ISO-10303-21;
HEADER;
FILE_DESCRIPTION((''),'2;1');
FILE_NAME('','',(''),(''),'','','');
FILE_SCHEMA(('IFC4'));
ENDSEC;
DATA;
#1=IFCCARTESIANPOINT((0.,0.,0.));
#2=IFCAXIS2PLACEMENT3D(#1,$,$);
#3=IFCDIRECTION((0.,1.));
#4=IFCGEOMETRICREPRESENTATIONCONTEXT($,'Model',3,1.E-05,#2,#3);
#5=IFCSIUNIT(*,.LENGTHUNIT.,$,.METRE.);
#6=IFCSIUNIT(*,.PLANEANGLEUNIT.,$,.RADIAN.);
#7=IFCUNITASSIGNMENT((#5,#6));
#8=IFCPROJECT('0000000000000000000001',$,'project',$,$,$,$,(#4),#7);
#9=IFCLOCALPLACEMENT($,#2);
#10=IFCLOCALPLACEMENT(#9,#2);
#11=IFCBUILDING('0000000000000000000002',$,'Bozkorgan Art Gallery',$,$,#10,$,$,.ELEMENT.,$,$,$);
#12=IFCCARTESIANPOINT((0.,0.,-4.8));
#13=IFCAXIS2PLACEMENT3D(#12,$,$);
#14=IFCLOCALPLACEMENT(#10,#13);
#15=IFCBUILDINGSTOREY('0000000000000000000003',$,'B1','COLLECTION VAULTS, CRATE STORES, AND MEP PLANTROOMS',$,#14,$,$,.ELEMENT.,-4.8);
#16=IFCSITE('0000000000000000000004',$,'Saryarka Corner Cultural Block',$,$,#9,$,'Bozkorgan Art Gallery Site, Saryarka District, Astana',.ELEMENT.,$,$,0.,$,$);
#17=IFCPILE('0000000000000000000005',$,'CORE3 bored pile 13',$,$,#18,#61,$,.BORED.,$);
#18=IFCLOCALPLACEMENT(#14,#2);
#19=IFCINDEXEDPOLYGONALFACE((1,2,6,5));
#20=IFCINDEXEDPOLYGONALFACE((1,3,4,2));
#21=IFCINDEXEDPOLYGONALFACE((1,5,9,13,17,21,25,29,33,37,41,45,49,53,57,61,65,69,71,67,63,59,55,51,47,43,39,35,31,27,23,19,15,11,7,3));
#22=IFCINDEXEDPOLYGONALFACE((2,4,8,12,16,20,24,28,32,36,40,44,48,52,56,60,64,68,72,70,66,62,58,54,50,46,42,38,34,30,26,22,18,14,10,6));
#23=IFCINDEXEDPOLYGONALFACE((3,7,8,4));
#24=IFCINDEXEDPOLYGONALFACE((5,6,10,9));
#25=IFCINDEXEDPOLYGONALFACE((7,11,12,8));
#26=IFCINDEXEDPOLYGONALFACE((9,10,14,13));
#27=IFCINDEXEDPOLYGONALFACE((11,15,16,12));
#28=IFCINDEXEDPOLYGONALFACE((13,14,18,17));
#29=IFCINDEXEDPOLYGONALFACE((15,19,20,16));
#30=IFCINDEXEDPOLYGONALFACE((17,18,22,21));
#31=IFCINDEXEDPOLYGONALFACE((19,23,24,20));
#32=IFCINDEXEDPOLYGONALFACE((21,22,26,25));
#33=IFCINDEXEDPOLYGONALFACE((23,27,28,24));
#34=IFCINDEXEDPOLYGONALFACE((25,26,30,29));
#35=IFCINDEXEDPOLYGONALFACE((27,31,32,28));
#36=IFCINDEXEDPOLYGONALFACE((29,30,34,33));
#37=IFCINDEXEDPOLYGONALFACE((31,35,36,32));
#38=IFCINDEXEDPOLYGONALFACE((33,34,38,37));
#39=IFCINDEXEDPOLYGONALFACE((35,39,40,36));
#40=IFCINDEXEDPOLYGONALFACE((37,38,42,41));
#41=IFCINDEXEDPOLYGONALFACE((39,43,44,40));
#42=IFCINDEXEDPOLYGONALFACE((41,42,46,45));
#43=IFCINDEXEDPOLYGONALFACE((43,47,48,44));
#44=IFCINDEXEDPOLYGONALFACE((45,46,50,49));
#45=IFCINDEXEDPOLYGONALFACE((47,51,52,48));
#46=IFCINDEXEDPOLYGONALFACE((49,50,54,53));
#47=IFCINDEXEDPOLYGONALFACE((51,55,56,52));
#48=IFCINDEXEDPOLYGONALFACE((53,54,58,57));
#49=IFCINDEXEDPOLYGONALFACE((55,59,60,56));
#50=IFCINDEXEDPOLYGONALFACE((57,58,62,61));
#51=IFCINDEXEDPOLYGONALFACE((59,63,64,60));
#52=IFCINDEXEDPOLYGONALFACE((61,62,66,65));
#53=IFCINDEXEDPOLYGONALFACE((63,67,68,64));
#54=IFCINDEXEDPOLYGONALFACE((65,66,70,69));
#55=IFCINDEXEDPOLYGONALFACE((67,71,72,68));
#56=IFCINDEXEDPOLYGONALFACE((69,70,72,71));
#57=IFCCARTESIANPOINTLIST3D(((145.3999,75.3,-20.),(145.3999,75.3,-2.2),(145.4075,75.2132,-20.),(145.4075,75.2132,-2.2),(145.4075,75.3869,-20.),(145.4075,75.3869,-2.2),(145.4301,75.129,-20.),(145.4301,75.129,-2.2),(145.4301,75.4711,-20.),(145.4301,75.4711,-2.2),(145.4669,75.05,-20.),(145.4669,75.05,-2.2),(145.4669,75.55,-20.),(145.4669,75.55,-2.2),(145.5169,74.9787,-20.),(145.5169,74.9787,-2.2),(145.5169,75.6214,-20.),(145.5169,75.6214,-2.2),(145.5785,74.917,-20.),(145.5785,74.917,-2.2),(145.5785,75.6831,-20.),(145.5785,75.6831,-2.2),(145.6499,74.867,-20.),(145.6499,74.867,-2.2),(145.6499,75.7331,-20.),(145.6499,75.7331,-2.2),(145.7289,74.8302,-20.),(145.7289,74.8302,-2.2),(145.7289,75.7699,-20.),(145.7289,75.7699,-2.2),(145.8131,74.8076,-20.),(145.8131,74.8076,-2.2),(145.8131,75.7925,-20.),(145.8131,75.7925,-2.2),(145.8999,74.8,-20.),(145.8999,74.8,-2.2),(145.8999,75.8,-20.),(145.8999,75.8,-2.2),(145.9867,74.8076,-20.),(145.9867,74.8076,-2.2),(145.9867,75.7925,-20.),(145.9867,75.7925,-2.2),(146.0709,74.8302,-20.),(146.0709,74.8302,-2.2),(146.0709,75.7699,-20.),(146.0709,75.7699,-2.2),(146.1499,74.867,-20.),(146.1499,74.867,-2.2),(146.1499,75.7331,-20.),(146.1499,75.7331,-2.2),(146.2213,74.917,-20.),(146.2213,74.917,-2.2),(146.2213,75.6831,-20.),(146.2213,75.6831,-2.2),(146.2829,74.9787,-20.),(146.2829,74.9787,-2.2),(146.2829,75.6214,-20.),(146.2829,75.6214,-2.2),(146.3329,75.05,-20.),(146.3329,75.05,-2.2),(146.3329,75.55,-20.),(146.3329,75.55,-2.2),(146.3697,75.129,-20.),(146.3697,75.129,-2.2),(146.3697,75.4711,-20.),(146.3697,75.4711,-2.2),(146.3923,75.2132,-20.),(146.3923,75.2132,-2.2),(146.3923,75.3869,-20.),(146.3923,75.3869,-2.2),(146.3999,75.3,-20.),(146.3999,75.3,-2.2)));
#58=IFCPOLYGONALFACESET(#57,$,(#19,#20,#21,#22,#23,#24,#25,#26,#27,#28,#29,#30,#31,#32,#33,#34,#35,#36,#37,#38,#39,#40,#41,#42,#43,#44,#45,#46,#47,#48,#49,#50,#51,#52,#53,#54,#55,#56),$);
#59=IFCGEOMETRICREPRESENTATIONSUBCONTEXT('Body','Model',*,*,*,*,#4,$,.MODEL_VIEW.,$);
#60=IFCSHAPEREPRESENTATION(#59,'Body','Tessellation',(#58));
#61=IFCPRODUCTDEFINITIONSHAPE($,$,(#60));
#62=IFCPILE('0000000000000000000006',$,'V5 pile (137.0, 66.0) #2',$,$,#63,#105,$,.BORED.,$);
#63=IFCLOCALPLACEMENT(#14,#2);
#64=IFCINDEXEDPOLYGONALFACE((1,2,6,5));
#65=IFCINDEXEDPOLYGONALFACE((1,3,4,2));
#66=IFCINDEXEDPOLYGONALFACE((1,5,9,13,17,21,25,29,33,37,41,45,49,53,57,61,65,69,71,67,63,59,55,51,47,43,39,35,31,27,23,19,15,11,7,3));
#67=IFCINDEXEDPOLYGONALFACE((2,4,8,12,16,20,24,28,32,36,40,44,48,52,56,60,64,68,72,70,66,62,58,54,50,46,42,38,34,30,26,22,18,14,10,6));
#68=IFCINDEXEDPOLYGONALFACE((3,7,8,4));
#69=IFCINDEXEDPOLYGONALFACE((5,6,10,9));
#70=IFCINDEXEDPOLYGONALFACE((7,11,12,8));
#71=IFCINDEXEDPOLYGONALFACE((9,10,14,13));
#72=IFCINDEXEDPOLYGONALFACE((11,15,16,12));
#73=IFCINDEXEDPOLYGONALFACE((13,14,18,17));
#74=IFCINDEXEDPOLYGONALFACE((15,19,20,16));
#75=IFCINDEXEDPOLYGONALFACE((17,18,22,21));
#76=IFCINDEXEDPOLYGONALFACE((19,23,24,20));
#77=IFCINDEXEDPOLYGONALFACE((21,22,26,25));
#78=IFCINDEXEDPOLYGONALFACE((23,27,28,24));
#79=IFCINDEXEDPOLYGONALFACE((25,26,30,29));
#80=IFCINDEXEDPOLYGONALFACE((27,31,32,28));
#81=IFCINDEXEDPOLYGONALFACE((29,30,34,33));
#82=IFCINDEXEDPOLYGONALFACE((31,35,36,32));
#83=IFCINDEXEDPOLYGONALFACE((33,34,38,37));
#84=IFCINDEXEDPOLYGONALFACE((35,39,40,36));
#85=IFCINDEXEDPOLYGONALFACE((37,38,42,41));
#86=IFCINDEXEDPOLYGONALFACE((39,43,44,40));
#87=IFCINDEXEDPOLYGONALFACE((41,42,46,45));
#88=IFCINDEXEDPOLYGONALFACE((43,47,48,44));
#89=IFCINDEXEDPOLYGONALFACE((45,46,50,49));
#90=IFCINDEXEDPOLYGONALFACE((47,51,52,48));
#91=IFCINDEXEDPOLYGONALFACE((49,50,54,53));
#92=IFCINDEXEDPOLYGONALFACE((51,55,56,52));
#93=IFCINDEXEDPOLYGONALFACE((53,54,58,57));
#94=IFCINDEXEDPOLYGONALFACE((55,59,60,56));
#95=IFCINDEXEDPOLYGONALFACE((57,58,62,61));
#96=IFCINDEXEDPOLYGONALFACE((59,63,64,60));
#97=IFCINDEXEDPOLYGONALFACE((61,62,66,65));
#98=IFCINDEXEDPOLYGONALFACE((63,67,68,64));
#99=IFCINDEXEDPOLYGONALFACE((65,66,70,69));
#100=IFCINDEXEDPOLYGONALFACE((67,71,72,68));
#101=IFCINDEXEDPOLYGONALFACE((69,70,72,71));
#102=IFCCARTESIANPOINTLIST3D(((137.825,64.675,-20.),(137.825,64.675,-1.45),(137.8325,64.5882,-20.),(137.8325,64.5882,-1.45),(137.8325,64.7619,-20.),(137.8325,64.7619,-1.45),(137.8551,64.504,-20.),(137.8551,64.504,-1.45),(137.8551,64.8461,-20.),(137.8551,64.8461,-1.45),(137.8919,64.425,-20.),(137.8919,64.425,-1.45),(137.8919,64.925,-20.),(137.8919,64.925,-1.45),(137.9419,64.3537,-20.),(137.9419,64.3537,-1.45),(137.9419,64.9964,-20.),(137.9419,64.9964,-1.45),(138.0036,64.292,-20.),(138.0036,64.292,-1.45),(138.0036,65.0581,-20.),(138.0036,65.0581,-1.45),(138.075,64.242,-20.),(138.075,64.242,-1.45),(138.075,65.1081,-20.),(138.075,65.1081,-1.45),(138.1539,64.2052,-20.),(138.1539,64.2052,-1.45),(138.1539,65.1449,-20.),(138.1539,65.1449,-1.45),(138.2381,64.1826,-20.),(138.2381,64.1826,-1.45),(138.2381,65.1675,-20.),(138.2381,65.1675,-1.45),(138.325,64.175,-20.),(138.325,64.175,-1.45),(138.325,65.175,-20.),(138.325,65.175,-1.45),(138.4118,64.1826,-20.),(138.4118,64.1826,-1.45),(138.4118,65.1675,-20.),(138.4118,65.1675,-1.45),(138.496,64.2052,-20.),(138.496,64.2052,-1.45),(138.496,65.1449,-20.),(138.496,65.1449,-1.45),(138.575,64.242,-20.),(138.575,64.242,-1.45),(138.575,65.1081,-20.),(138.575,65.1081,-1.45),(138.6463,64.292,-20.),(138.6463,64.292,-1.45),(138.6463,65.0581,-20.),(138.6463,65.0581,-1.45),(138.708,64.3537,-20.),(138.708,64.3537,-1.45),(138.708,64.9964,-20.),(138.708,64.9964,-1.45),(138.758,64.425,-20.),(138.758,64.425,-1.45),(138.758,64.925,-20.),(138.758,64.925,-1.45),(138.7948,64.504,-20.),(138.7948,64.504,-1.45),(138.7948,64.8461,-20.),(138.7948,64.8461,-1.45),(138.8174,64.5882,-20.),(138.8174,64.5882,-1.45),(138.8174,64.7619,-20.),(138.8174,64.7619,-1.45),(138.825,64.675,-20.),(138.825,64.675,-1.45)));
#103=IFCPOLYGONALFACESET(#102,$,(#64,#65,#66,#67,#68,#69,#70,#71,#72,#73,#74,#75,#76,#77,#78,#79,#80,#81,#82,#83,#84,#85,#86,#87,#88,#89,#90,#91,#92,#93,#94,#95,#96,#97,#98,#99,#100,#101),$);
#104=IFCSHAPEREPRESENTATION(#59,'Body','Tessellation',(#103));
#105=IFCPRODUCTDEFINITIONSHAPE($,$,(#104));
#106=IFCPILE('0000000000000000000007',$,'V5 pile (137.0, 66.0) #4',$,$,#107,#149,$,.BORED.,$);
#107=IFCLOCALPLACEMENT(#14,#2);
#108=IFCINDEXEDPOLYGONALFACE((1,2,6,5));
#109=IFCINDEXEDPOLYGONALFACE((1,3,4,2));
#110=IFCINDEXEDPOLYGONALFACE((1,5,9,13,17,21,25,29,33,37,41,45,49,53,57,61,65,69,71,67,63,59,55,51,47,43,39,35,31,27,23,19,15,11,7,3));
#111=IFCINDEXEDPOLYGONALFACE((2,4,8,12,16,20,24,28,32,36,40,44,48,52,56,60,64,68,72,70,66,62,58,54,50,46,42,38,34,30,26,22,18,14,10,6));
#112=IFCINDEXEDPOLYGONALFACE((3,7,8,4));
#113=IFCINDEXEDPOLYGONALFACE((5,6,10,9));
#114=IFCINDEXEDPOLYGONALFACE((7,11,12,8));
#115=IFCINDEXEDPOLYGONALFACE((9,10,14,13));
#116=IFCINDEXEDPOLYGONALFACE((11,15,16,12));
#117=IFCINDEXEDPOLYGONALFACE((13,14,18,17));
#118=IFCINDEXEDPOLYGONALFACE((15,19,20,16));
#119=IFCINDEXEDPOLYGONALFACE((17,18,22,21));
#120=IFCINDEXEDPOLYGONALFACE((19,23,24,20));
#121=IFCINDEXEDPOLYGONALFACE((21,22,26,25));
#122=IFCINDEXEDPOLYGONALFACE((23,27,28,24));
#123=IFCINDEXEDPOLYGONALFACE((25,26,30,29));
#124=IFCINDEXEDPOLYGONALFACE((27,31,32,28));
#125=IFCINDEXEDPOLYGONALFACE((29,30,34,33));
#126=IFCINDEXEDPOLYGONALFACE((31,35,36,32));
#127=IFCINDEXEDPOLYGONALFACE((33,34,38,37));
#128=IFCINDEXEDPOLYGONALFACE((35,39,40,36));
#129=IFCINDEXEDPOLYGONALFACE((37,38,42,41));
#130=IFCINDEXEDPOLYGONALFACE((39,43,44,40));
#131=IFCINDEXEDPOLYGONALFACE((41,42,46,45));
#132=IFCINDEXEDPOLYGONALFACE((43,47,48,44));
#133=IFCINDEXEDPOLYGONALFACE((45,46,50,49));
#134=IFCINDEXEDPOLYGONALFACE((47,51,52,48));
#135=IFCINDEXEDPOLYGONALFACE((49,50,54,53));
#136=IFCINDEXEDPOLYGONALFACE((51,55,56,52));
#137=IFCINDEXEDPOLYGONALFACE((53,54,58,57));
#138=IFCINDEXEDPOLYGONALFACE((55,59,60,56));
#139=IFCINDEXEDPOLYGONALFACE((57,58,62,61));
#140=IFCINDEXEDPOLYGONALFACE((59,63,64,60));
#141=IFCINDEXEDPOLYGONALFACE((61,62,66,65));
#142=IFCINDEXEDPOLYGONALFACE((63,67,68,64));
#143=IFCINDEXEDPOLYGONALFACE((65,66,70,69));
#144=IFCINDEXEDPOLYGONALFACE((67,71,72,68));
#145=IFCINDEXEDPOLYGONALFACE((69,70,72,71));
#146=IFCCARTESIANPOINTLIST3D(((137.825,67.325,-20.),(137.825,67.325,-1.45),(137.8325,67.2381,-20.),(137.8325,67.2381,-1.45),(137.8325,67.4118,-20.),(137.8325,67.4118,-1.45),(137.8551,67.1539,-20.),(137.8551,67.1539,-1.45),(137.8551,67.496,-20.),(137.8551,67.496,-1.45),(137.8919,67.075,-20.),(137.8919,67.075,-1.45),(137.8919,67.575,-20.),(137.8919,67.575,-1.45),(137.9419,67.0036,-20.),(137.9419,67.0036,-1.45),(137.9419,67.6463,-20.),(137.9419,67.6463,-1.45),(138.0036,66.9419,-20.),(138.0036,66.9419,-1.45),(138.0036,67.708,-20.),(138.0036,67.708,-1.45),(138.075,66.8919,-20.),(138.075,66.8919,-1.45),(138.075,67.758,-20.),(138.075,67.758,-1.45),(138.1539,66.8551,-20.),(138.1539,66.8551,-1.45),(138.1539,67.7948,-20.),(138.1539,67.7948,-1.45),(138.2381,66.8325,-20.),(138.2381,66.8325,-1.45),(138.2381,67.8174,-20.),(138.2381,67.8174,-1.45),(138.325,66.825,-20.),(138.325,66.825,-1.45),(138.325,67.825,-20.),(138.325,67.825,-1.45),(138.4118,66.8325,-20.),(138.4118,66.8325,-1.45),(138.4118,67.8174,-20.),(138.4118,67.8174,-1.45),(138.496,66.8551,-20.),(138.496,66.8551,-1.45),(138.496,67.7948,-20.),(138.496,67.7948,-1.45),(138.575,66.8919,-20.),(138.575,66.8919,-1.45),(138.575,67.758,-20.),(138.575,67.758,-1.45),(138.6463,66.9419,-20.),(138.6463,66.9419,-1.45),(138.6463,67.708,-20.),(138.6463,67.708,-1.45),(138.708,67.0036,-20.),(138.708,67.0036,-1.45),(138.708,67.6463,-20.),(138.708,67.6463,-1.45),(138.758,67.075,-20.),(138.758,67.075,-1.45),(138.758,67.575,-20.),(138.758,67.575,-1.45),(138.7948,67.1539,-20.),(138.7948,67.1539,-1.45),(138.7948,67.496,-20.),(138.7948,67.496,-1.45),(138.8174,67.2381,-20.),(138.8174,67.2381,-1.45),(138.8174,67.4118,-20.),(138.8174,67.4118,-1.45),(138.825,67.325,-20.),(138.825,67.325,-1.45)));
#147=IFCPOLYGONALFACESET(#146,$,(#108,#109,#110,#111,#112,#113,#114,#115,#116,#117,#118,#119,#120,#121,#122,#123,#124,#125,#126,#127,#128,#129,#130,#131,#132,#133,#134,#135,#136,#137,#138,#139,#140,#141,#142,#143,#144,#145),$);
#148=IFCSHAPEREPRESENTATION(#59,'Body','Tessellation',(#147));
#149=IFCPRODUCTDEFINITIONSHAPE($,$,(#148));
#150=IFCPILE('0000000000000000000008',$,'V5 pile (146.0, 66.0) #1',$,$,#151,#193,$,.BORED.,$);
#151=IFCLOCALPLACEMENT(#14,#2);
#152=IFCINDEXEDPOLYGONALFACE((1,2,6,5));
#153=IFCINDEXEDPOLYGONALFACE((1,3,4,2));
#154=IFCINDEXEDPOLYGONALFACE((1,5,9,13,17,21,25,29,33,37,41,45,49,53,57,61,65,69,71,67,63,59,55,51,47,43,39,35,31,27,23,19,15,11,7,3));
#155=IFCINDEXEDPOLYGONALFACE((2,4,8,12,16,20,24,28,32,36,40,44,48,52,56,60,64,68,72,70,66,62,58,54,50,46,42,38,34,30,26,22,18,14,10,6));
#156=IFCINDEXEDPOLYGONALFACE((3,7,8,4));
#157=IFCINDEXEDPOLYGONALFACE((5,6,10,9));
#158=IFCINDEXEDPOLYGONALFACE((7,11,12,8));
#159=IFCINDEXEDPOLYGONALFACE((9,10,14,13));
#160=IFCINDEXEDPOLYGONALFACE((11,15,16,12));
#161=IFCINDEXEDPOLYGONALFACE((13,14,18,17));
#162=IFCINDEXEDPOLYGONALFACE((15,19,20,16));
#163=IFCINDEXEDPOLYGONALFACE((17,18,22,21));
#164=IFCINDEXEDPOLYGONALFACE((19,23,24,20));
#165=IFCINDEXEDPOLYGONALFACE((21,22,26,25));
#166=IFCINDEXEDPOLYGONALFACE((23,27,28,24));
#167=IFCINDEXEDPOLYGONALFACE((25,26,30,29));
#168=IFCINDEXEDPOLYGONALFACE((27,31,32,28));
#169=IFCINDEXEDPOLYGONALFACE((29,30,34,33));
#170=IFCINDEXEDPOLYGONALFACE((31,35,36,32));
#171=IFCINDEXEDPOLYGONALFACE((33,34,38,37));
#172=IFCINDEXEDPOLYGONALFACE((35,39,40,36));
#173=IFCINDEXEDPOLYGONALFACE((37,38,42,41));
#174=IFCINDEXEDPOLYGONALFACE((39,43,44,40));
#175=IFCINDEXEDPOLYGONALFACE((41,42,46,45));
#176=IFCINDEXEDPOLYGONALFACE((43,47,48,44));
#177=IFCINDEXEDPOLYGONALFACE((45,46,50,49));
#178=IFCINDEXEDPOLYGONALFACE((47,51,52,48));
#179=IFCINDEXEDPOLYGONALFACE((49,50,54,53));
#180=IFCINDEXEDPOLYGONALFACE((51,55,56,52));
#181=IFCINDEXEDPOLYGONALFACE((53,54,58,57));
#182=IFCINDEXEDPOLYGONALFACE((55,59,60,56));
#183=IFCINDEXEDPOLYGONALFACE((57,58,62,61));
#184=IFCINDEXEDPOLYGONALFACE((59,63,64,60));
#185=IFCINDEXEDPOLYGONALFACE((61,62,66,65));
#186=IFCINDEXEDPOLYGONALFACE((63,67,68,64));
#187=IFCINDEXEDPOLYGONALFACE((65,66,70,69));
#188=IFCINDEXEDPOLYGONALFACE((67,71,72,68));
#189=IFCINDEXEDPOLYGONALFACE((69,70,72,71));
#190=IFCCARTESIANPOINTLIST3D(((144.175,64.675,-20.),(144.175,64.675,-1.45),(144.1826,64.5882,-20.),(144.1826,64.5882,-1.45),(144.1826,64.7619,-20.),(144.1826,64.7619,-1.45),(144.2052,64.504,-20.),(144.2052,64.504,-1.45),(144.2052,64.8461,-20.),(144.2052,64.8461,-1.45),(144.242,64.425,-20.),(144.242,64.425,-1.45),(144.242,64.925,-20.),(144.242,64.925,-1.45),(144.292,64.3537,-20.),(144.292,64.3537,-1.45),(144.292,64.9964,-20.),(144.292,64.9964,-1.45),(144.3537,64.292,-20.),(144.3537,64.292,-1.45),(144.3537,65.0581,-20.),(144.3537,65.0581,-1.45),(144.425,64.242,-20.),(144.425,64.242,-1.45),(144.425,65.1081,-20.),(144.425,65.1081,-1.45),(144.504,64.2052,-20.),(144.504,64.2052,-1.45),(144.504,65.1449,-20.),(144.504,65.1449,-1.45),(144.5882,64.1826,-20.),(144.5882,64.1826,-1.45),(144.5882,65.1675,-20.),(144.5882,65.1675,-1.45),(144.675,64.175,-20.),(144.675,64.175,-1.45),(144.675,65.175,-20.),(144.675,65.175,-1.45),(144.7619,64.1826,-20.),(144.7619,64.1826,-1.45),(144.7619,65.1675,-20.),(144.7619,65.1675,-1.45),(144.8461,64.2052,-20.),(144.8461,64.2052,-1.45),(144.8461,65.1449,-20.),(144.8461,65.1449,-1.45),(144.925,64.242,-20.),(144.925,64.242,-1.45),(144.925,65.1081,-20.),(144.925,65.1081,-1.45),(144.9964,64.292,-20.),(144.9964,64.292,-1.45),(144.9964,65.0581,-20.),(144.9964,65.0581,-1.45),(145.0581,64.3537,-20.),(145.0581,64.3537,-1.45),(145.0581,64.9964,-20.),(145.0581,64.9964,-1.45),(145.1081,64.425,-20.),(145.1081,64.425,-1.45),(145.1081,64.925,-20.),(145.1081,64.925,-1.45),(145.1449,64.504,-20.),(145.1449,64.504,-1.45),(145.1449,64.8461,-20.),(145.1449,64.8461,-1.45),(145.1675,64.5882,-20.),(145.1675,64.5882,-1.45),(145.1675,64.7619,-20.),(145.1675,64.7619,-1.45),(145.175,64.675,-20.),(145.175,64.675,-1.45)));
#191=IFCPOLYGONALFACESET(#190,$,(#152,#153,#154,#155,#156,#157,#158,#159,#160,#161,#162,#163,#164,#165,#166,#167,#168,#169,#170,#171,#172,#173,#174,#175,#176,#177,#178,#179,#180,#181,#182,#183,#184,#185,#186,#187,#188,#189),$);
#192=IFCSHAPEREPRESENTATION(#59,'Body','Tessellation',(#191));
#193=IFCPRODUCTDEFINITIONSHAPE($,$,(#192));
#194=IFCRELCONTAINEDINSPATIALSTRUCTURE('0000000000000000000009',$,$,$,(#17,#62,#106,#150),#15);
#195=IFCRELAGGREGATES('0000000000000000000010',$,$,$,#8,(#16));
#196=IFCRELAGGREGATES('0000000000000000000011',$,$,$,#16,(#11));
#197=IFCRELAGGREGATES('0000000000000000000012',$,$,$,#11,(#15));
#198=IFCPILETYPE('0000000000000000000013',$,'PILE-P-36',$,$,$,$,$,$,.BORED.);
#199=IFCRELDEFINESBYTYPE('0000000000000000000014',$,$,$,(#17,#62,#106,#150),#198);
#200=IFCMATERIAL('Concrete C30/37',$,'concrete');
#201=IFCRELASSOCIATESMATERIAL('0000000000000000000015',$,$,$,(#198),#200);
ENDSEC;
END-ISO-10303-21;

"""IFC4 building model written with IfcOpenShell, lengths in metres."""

from ifc_helpers import new_model, si_unit, direction, frame, origin, origin_2d, place, context, subcontext, project, spatial, circle, extrude, material, material_profile, profile_set, type_object, element, save


model = new_model("IFC4")

# Units and contexts
model_context = context("Model", 3, precision=1e-05, world=origin(), true_north=direction((0.0, 1.0)))
body_context = subcontext(model_context, "Body", "Model", "MODEL_VIEW")
ifc_project = project(units=[si_unit("LENGTHUNIT", "METRE"), si_unit("PLANEANGLEUNIT", "RADIAN")], contexts=[model_context])

# Site, building, storey
site_placement = place(None, origin())
site = spatial("IfcSite", under=ifc_project, at=site_placement, Name="Saryarka Corner Cultural Block", LongName="Bozkorgan Art Gallery Site, Saryarka District, Astana", CompositionType="ELEMENT", RefElevation=0.0)
building_placement = place(site_placement, origin())
building = spatial("IfcBuilding", under=site, at=building_placement, Name="Bozkorgan Art Gallery", CompositionType="ELEMENT")
storey_placement = place(building_placement, frame((0.0, 0.0, -4.8)))
storey = spatial("IfcBuildingStorey", under=building, at=storey_placement, Name="B1", Description="COLLECTION VAULTS, CRATE STORES, AND MEP PLANTROOMS", CompositionType="ELEMENT", Elevation=-4.8)

# Shared definitions
ifc_material_1 = material(Name="Concrete C30/37", Category="concrete")

# Piles
ifc_material_profile_1 = material_profile(ifc_material_1, circle(Radius=0.5, at=origin_2d()), Name="PILE D1000")
ifc_profile_set_1 = profile_set([ifc_material_profile_1], Name="Concrete C30/37")
pile_type = type_object("IfcPileType", Name="PILE-P-36", PredefinedType="BORED", material=ifc_profile_set_1)
for number, where, z_axis, x_axis, name in (
    (1, (145.8999, 75.3, -2.2), (0.0, 0.0, -1.0), (1.0, 0.0, 0.0), "CORE3 bored pile 13"),
):
    element("IfcPile", number, at=place(storey_placement, frame(where, z_axis=z_axis, x_axis=x_axis)), inside=storey, type_object=pile_type, Name=name, PredefinedType="BORED", context=body_context, shape_type="SweptSolid", body=[
        extrude(circle(Radius=0.5, at=origin_2d()), origin(), (0.0, 0.0, 1.0), 17.8),
    ])
for number, where, z_axis, x_axis, name in (
    (2, (138.325, 64.675, -1.45), (0.0, 0.0, -1.0), (1.0, 0.0, 0.0), "V5 pile (137.0, 66.0) #2"),
    (3, (138.325, 67.325, -1.45), (0.0, 0.0, -1.0), (1.0, 0.0, 0.0), "V5 pile (137.0, 66.0) #4"),
    (4, (144.675, 64.675, -1.45), (0.0, 0.0, -1.0), (1.0, 0.0, 0.0), "V5 pile (146.0, 66.0) #1"),
):
    element("IfcPile", number, at=place(storey_placement, frame(where, z_axis=z_axis, x_axis=x_axis)), inside=storey, type_object=pile_type, Name=name, PredefinedType="BORED", context=body_context, shape_type="SweptSolid", body=[
        extrude(circle(Radius=0.5, at=origin_2d()), origin(), (0.0, 0.0, 1.0), 18.55),
    ])

save(model, "model.ifc")
